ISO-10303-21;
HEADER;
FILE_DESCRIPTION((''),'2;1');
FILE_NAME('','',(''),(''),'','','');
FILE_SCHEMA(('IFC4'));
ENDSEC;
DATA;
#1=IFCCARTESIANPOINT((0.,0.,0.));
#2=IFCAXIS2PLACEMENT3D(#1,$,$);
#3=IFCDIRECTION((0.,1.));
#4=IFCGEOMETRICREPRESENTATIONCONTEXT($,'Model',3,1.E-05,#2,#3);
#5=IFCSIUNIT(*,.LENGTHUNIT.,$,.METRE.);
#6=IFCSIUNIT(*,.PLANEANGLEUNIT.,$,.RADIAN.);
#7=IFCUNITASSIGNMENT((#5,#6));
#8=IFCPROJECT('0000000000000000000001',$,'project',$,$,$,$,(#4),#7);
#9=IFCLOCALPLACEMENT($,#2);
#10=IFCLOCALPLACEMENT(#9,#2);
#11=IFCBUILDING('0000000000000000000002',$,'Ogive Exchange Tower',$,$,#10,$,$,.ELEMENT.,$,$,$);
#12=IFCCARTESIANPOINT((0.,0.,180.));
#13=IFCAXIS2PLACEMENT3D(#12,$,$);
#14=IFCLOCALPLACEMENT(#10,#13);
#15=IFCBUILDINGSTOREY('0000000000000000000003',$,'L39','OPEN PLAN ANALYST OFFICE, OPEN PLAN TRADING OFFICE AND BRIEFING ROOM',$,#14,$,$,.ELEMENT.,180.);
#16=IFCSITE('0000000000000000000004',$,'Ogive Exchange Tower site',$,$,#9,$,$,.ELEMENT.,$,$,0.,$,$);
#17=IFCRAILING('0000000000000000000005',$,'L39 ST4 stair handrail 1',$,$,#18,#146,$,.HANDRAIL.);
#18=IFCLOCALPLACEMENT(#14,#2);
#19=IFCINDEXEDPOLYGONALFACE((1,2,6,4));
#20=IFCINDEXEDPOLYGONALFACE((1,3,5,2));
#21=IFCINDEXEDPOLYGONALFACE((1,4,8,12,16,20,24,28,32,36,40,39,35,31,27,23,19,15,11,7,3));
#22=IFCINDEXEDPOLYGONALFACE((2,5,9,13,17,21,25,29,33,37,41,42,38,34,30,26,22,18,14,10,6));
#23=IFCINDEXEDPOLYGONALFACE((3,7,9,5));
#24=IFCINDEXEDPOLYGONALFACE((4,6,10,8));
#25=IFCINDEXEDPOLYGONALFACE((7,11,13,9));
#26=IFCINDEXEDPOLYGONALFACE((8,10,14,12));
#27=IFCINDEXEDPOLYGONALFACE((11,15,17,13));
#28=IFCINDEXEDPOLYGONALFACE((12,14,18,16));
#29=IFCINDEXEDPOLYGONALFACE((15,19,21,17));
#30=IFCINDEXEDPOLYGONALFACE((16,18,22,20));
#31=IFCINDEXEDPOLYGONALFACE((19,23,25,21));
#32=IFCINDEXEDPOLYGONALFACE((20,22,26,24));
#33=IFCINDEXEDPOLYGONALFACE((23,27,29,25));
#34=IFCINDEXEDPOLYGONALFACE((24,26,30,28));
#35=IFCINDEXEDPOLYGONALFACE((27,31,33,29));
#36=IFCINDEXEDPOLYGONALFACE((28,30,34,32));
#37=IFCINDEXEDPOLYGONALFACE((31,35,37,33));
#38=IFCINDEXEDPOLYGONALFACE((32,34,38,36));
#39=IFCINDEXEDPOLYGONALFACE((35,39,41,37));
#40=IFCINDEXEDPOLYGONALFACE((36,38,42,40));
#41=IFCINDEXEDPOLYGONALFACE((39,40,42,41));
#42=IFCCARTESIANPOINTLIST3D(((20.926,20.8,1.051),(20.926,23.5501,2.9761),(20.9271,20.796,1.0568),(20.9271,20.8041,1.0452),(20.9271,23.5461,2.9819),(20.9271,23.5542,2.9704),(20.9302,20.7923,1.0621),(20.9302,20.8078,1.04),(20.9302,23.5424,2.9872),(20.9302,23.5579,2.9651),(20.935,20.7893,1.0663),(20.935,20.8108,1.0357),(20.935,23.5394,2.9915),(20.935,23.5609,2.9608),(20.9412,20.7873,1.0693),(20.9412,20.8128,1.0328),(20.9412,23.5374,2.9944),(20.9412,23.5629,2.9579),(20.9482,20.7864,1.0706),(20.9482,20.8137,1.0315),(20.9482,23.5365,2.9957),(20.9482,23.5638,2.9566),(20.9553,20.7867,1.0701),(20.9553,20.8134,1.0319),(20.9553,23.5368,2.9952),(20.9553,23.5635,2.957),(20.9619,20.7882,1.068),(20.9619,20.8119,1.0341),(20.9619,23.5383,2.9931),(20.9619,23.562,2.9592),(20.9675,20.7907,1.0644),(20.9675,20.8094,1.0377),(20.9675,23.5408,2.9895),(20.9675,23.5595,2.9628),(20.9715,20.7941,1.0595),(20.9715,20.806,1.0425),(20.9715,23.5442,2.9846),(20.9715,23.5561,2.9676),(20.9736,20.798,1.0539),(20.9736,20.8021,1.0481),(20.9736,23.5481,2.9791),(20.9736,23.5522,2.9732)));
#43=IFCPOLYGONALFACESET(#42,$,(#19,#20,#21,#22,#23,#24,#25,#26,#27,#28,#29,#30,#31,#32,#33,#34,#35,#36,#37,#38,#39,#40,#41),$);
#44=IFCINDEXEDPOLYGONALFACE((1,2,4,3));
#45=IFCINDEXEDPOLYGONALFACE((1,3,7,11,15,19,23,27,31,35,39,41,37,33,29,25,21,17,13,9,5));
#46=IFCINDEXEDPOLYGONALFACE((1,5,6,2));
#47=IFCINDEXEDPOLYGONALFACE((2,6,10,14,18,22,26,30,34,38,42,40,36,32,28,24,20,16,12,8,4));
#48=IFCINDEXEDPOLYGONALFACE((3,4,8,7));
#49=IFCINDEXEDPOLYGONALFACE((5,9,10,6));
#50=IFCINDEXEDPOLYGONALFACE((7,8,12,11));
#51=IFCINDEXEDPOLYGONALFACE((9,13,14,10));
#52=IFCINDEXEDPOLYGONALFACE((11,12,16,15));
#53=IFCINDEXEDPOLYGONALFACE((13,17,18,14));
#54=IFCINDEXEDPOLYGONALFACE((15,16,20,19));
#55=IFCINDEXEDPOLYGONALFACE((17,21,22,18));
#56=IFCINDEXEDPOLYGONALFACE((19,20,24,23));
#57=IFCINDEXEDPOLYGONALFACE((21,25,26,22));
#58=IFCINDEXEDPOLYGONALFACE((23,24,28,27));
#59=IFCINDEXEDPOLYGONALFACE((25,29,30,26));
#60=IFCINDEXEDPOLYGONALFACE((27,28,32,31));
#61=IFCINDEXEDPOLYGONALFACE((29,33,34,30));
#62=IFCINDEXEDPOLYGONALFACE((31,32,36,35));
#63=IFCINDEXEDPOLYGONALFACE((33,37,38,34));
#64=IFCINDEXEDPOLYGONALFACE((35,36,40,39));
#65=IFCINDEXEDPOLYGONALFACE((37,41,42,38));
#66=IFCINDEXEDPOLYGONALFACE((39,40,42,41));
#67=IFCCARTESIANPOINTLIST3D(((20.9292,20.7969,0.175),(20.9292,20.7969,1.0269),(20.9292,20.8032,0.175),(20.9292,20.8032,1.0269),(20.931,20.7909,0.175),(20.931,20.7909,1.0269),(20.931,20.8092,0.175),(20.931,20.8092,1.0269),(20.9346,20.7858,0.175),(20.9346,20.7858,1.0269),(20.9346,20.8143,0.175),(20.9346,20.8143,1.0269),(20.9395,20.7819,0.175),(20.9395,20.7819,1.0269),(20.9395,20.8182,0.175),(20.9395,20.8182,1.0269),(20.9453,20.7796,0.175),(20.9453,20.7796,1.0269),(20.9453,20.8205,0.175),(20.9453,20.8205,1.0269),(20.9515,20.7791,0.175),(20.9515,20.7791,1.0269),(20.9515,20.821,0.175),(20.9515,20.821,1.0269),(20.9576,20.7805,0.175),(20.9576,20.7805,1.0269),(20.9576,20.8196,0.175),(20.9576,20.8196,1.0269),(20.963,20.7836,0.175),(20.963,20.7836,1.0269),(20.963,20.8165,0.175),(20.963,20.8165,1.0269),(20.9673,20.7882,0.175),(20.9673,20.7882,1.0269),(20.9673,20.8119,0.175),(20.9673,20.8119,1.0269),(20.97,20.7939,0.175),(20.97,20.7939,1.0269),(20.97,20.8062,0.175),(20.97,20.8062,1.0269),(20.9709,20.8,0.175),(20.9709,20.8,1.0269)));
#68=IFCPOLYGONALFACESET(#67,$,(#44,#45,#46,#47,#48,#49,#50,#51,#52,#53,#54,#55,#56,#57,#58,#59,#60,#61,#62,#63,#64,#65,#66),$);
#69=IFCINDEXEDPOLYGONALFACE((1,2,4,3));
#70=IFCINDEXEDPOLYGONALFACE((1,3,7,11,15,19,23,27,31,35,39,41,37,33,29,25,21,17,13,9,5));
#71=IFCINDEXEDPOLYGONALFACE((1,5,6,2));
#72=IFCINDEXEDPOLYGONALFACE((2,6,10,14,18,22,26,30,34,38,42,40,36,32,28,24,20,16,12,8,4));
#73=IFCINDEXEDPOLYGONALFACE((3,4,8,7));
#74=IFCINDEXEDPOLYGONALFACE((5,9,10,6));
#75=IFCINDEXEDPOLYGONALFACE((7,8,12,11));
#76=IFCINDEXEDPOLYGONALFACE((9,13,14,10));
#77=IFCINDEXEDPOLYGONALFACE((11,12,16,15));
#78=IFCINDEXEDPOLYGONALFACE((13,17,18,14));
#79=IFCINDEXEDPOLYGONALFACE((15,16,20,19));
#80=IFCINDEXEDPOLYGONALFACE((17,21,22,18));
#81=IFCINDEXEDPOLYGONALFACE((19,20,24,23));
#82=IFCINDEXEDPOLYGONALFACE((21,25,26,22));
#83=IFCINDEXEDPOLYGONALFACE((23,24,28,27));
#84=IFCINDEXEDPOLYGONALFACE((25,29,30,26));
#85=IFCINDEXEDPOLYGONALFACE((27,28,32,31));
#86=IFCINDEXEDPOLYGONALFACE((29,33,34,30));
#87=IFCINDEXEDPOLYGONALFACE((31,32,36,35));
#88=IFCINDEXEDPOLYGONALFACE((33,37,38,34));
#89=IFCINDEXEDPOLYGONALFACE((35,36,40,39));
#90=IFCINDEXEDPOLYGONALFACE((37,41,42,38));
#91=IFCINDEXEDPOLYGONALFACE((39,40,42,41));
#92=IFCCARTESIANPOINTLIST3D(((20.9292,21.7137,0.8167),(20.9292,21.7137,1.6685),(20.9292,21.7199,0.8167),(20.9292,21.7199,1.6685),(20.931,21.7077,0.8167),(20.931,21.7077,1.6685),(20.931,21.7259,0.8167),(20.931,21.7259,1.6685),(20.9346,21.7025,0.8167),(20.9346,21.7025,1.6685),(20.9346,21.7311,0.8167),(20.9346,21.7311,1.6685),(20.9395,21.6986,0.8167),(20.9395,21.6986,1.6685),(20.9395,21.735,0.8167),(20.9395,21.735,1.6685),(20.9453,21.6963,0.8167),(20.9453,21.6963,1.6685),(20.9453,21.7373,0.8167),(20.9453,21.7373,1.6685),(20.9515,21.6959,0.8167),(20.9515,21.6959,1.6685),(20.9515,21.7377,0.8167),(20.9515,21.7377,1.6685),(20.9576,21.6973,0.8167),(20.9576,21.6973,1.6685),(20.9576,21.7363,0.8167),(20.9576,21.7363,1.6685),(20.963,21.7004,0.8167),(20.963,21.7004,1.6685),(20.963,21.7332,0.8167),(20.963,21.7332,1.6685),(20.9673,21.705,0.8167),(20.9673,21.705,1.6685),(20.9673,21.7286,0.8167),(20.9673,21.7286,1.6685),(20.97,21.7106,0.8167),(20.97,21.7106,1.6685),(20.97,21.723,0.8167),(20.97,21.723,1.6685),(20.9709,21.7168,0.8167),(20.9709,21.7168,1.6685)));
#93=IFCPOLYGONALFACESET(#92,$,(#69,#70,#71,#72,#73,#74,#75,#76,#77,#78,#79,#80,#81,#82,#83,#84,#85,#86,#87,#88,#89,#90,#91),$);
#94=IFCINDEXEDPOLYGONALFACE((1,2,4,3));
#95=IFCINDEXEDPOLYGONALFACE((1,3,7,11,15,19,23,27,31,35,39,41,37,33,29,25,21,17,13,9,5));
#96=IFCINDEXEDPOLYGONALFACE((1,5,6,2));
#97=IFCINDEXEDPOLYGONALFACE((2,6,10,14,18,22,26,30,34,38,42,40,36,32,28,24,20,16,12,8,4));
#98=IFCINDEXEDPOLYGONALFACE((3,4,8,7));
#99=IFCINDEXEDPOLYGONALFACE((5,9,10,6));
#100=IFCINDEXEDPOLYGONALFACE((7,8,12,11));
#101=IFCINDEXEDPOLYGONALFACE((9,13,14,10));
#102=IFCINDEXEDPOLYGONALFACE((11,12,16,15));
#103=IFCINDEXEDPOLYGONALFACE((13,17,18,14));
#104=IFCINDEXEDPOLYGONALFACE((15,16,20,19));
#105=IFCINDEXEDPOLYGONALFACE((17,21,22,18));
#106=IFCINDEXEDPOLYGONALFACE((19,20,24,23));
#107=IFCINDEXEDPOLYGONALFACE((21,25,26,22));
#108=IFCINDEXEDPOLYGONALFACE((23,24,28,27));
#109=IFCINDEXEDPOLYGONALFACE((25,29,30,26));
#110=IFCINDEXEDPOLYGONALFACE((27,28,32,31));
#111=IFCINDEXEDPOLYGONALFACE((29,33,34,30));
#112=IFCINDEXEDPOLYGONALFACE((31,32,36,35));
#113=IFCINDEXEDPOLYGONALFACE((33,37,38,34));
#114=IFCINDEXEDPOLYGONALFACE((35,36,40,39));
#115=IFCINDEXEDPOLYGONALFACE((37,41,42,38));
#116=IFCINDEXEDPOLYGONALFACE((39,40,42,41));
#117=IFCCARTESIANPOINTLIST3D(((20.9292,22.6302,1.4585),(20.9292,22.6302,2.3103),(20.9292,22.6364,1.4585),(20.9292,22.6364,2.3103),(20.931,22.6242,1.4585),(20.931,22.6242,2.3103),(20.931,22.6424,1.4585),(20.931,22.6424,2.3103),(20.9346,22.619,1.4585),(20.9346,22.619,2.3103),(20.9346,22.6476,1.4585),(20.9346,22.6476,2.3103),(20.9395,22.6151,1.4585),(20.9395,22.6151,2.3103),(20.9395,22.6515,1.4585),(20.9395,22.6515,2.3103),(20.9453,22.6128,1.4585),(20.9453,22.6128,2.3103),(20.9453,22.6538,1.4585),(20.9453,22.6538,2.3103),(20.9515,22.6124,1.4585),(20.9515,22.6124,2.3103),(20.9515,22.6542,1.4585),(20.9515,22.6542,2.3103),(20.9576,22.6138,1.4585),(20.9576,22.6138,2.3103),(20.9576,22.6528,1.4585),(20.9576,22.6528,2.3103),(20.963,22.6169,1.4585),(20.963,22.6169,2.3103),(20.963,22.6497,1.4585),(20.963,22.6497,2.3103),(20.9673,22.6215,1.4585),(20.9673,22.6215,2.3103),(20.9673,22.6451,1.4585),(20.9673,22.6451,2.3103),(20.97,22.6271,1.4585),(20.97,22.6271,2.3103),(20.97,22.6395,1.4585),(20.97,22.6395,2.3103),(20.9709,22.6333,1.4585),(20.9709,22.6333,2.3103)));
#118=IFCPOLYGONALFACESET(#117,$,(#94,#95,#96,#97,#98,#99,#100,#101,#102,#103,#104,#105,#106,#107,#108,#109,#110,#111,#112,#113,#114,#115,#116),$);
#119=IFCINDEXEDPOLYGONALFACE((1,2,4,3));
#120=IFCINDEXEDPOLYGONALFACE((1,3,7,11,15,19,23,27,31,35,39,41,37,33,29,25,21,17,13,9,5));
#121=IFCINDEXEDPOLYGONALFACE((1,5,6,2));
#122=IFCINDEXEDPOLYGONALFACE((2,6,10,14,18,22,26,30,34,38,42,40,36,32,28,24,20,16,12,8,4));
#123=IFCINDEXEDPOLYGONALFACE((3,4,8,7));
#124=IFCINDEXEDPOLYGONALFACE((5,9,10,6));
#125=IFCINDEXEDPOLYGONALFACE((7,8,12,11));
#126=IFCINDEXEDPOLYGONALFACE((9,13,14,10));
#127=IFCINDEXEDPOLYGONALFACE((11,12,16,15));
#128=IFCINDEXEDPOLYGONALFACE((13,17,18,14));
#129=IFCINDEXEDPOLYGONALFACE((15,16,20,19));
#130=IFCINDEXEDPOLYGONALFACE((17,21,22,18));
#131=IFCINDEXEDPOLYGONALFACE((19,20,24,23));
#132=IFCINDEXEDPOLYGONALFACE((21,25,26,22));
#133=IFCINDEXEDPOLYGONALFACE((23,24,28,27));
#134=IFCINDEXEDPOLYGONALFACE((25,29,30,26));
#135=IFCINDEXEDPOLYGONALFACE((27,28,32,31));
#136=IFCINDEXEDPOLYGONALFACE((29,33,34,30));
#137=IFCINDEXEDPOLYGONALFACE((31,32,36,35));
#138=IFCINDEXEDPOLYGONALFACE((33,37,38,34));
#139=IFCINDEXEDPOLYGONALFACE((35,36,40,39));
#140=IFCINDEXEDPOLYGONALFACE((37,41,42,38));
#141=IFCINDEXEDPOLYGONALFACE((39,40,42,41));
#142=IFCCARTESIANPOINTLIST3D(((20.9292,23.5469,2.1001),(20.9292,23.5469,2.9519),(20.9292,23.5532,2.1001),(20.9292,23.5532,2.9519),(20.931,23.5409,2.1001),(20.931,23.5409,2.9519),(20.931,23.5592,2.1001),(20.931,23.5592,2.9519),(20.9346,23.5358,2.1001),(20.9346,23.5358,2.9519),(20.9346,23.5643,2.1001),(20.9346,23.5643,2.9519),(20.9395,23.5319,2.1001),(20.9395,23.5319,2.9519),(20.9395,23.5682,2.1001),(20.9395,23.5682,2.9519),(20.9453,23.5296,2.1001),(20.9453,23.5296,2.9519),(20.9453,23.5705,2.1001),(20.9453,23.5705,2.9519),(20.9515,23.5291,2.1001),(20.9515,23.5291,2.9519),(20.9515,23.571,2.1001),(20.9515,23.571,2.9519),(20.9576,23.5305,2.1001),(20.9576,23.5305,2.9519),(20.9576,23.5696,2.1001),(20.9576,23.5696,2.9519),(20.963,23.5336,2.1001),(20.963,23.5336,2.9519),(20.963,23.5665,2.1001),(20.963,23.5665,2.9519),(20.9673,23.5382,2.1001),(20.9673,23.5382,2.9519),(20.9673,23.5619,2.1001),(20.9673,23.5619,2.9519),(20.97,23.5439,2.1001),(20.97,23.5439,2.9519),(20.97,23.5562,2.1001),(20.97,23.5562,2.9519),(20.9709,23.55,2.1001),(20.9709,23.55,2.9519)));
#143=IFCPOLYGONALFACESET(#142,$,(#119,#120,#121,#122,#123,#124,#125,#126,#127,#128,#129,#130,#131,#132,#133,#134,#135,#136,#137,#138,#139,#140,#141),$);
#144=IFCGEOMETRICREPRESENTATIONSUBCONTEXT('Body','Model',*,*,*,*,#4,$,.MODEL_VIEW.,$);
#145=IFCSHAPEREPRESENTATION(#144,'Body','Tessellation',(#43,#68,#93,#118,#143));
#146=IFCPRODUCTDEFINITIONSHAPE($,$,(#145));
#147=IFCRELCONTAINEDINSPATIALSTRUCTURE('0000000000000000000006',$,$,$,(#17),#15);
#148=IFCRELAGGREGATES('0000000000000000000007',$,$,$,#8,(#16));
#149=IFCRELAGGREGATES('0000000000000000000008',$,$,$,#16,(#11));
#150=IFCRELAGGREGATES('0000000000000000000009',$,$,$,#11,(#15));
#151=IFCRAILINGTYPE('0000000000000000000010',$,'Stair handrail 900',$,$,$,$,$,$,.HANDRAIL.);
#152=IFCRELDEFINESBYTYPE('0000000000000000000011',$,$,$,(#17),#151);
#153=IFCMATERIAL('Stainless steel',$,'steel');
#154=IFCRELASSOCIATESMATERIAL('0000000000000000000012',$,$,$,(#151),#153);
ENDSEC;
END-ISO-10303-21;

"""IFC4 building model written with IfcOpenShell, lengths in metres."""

from ifc_helpers import new_model, si_unit, direction, frame, origin, origin_2d, place, context, subcontext, project, spatial, circle, extrude, material, type_object, element, save


model = new_model("IFC4")

# Units and contexts
model_context = context("Model", 3, precision=1e-05, world=origin(), true_north=direction((0.0, 1.0)))
body_context = subcontext(model_context, "Body", "Model", "MODEL_VIEW")
ifc_project = project(units=[si_unit("LENGTHUNIT", "METRE"), si_unit("PLANEANGLEUNIT", "RADIAN")], contexts=[model_context])

# Site, building, storey
site_placement = place(None, origin())
site = spatial("IfcSite", under=ifc_project, at=site_placement, Name="Ogive Exchange Tower site", CompositionType="ELEMENT", RefElevation=0.0)
building_placement = place(site_placement, origin())
building = spatial("IfcBuilding", under=site, at=building_placement, Name="Ogive Exchange Tower", CompositionType="ELEMENT")
storey_placement = place(building_placement, frame((0.0, 0.0, 180.0)))
storey = spatial("IfcBuildingStorey", under=building, at=storey_placement, Name="L39", Description="OPEN PLAN ANALYST OFFICE, OPEN PLAN TRADING OFFICE AND BRIEFING ROOM", CompositionType="ELEMENT", Elevation=180.0)

# Railing
ifc_material_1 = material(Name="Stainless steel", Category="steel")
railing_type = type_object("IfcRailingType", Name="Stair handrail 900", PredefinedType="HANDRAIL", material=ifc_material_1)
railing_placement = place(storey_placement, frame((20.95, 20.8, 0.175)))
element("IfcRailing", 1, at=railing_placement, inside=storey, type_object=railing_type, Name="L39 ST4 stair handrail 1", PredefinedType="HANDRAIL", context=body_context, shape_type="SweptSolid", body=[
    extrude(circle(Radius=0.0239, at=origin_2d()), frame((0.0, 0.0, 0.876), z_axis=(0.0, 0.819225, 0.573472), x_axis=(-1.0, 0.0, 0.0)), (0.0, 0.0, 1.0), 3.3569),
    extrude(circle(Radius=0.021, at=origin_2d()), origin(), (0.0, 0.0, 1.0), 0.8518),
    extrude(circle(Radius=0.021, at=origin_2d()), frame((0.0, 0.9167, 0.6416)), (0.0, 0.0, 1.0), 0.8518),
    extrude(circle(Radius=0.021, at=origin_2d()), frame((0.0, 1.8333, 1.2834)), (0.0, 0.0, 1.0), 0.8518),
    extrude(circle(Radius=0.021, at=origin_2d()), frame((0.0, 2.75, 1.925)), (0.0, 0.0, 1.0), 0.8518),
])

save(model, "model.ifc")
